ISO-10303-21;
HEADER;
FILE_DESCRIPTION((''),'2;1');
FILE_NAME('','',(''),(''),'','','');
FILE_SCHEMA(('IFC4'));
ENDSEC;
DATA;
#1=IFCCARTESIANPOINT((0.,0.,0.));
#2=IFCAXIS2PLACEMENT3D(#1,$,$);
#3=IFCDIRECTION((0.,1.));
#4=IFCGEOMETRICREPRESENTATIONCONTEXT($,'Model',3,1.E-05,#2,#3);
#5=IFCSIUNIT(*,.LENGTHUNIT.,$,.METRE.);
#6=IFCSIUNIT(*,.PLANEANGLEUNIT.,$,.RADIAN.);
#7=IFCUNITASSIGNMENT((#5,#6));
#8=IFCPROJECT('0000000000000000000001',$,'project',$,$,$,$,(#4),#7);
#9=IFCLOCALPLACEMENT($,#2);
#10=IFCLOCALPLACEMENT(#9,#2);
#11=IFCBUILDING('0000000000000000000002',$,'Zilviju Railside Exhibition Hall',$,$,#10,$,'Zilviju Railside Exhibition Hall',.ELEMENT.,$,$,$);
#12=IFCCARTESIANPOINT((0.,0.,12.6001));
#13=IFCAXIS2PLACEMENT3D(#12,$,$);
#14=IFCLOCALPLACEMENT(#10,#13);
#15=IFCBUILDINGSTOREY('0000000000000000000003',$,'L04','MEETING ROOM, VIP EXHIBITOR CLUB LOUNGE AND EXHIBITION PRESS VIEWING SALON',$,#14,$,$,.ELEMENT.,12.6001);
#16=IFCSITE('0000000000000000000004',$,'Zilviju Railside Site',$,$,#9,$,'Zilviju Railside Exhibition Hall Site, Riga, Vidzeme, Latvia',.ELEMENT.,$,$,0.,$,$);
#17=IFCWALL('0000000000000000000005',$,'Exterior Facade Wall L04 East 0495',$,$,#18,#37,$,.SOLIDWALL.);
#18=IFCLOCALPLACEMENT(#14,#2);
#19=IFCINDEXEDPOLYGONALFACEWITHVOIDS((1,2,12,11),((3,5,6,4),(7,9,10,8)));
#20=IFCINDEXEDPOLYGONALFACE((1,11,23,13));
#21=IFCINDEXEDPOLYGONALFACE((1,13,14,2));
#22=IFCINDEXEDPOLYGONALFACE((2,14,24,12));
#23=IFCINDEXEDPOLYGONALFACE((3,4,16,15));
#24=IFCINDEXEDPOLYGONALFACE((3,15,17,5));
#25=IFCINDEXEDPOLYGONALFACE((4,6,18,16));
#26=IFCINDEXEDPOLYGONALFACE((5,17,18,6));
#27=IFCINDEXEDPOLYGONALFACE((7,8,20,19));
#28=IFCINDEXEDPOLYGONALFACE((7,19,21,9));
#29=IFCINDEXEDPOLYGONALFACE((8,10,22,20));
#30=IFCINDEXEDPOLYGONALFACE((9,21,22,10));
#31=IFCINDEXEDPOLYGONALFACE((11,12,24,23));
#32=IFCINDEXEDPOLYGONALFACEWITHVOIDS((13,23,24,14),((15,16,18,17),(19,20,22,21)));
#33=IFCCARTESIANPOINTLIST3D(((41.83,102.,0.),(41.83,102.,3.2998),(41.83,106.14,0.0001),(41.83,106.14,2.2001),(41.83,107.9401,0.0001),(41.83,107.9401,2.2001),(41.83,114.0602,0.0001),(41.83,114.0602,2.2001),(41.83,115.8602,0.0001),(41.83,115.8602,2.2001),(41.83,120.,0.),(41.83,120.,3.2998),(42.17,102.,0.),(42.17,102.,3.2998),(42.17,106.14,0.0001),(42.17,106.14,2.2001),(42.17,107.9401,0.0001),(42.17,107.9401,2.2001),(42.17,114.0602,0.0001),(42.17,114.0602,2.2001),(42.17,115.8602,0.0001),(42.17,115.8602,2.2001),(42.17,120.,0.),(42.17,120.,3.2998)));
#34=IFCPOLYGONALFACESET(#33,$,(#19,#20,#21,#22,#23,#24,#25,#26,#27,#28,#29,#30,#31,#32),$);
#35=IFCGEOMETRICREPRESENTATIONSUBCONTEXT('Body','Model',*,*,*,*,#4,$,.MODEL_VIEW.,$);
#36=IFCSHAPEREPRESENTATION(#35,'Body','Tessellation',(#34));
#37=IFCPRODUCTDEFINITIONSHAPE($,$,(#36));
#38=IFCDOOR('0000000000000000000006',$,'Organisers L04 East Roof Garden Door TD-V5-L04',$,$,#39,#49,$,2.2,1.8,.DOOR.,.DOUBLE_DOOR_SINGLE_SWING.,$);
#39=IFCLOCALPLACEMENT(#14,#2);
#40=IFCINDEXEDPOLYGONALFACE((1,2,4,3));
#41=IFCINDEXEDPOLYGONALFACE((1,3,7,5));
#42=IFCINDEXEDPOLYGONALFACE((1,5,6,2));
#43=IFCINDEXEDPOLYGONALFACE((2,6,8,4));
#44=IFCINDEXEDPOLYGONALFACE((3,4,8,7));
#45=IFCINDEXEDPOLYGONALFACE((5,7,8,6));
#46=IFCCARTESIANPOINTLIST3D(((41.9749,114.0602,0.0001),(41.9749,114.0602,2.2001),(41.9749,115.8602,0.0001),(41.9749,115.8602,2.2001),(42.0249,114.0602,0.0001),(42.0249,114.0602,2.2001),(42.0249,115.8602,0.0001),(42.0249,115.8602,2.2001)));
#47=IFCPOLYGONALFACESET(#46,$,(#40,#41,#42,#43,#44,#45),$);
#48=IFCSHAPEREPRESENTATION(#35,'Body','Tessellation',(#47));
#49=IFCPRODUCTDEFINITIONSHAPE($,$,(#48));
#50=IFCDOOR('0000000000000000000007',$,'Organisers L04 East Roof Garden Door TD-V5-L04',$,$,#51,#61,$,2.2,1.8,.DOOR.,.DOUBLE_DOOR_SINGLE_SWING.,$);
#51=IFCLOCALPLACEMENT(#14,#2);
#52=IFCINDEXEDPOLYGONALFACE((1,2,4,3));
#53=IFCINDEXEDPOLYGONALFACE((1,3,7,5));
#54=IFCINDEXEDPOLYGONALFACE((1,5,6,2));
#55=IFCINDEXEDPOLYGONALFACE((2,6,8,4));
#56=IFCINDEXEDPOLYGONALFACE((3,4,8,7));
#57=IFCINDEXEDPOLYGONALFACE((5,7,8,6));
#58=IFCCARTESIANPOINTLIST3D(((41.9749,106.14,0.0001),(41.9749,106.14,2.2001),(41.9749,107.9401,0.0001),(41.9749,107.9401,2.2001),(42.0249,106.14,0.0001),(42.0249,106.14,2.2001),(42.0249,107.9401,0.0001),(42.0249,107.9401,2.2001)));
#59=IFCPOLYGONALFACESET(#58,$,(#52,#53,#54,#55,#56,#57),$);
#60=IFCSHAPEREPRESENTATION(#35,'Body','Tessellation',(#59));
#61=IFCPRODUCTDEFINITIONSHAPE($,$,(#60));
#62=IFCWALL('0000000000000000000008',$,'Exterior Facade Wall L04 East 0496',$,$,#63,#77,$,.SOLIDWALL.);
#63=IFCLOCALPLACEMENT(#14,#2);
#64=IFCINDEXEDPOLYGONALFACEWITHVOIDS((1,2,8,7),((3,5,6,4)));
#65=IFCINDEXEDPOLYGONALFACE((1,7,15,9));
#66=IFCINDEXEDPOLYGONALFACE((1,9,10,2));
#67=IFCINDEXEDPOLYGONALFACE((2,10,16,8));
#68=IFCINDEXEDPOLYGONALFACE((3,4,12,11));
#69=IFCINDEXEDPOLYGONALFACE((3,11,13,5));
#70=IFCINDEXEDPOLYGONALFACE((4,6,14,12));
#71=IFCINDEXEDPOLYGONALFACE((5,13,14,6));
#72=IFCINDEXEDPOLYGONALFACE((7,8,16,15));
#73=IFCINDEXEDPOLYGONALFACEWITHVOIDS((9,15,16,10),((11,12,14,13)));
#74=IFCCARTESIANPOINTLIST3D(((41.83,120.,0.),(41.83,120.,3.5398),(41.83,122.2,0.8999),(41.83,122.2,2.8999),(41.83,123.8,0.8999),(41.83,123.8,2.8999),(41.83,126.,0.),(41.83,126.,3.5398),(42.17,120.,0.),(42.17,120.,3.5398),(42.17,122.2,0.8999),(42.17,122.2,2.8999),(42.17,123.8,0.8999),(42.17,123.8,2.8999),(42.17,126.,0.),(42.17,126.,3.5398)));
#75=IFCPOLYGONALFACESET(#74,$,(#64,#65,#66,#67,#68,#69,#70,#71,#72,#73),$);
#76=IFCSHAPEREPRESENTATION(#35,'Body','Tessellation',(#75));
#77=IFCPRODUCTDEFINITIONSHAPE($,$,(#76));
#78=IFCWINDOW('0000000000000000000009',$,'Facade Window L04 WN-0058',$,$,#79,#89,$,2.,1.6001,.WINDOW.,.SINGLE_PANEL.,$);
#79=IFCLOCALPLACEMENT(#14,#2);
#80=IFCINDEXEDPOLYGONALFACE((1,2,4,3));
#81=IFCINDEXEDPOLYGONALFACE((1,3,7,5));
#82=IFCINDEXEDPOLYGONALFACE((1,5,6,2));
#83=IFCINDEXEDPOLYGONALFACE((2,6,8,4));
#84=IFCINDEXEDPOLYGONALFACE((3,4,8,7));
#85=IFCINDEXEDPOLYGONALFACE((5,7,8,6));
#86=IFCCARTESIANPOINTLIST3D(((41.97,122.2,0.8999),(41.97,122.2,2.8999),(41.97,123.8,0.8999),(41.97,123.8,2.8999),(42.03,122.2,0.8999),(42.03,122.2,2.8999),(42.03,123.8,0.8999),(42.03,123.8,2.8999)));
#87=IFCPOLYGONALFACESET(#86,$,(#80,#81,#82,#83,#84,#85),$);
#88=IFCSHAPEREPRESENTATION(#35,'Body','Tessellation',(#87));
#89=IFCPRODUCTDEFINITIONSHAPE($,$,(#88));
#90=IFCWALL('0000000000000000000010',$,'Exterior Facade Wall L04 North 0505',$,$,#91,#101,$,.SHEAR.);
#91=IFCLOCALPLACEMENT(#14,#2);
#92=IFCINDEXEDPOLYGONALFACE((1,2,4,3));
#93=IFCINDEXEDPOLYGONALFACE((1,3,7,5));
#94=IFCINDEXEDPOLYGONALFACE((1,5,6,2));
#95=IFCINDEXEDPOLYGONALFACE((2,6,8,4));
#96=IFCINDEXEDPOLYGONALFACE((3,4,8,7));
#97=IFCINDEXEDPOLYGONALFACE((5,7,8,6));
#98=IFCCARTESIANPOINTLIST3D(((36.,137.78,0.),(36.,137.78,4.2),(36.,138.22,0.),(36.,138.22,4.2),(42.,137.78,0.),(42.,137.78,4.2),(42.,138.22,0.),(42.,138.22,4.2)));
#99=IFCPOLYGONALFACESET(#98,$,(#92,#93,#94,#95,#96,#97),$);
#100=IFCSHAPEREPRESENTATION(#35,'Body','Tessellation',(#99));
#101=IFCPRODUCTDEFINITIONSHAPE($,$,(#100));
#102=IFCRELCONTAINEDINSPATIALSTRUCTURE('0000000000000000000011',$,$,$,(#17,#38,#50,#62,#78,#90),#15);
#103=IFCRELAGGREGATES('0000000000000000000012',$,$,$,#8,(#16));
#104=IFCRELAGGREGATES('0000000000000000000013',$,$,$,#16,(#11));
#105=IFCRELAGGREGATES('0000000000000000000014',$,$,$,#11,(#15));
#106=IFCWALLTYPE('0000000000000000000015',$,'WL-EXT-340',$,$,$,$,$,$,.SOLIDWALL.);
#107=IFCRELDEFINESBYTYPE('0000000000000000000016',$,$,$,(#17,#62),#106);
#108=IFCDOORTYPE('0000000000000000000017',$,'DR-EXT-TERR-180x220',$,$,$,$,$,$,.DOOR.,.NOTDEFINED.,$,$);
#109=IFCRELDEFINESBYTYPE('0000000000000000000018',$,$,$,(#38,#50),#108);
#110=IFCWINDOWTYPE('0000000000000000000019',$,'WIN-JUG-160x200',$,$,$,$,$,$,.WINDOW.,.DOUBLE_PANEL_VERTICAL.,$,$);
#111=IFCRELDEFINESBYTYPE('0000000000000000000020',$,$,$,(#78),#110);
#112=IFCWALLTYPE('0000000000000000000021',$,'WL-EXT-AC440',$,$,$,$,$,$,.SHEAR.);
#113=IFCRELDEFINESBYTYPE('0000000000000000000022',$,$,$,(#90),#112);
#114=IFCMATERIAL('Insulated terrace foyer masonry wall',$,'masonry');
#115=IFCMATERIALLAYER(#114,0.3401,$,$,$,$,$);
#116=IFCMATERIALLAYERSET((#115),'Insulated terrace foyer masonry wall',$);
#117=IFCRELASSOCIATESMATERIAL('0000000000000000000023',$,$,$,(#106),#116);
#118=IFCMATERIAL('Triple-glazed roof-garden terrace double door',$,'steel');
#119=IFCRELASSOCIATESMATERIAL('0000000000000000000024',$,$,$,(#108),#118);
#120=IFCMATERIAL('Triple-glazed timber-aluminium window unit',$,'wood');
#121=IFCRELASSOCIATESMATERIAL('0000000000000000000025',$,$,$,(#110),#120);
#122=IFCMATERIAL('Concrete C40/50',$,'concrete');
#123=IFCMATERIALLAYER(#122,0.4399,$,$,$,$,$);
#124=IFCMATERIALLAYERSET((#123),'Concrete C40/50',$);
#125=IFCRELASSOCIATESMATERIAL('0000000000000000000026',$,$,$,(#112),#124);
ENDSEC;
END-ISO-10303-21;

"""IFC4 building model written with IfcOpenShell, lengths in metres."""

from ifc_helpers import new_model, si_unit, direction, frame, frame_2d, origin, place, context, subcontext, project, spatial, rectangle, extrude, material, layer, layer_set, type_object, element, fill, save


model = new_model("IFC4")

# Units and contexts
model_context = context("Model", 3, precision=1e-05, world=origin(), true_north=direction((0.0, 1.0)))
body_context = subcontext(model_context, "Body", "Model", "MODEL_VIEW")
ifc_project = project(units=[si_unit("LENGTHUNIT", "METRE"), si_unit("PLANEANGLEUNIT", "RADIAN")], contexts=[model_context])

# Site, building, storey
site_placement = place(None, origin())
site = spatial("IfcSite", under=ifc_project, at=site_placement, Name="Zilviju Railside Site", LongName="Zilviju Railside Exhibition Hall Site, Riga, Vidzeme, Latvia", CompositionType="ELEMENT", RefElevation=0.0)
building_placement = place(site_placement, origin())
building = spatial("IfcBuilding", under=site, at=building_placement, Name="Zilviju Railside Exhibition Hall", LongName="Zilviju Railside Exhibition Hall", CompositionType="ELEMENT")
storey_placement = place(building_placement, frame((0.0, 0.0, 12.6001)))
storey = spatial("IfcBuildingStorey", under=building, at=storey_placement, Name="L04", Description="MEETING ROOM, VIP EXHIBITOR CLUB LOUNGE AND EXHIBITION PRESS VIEWING SALON", CompositionType="ELEMENT", Elevation=12.6001)

# Wall, openings, doors
ifc_material_1 = material(Name="Insulated terrace foyer masonry wall", Category="masonry")
ifc_layer_1 = layer(ifc_material_1, 0.3401)
ifc_layer_set_1 = layer_set([ifc_layer_1], Name="Insulated terrace foyer masonry wall")
wall_type_1 = type_object("IfcWallType", Name="WL-EXT-340", PredefinedType="SOLIDWALL", material=ifc_layer_set_1)
wall_1_placement = place(storey_placement, frame((42.0, 120.0, 0.0), z_axis=(0.0, 0.0, 1.0), x_axis=(0.0, -1.0, 0.0)))
wall_1 = element("IfcWall", 1, at=wall_1_placement, inside=storey, type_object=wall_type_1, Name="Exterior Facade Wall L04 East 0495", PredefinedType="SOLIDWALL", context=body_context, shape_type="SweptSolid", body=[
    extrude(rectangle(XDim=18.0, YDim=0.3401, at=frame_2d((9.0, 0.0))), origin(), (0.0, 0.0, 1.0), 3.2998),
])
opening_1_placement = place(wall_1_placement, frame((4.1399, 0.0, 0.0)))
opening_1 = element("IfcOpeningElement", 2, at=opening_1_placement, cuts=wall_1, PredefinedType="OPENING", context=body_context, shape_type="SweptSolid", body=[
    extrude(rectangle(XDim=1.8, YDim=2.2, at=frame_2d((0.8999, 1.1001))), frame((0.0, 0.1799, 0.0), z_axis=(0.0, -1.0, 0.0), x_axis=(1.0, 0.0, 0.0)), (0.0, 0.0, 1.0), 0.3601),
])
opening_2_placement = place(wall_1_placement, frame((12.0601, 0.0, 0.0)))
opening_2 = element("IfcOpeningElement", 3, at=opening_2_placement, cuts=wall_1, PredefinedType="OPENING", context=body_context, shape_type="SweptSolid", body=[
    extrude(rectangle(XDim=1.8, YDim=2.2, at=frame_2d((0.8999, 1.1001))), frame((0.0, 0.1799, 0.0), z_axis=(0.0, -1.0, 0.0), x_axis=(1.0, 0.0, 0.0)), (0.0, 0.0, 1.0), 0.3601),
])
ifc_material_2 = material(Name="Triple-glazed roof-garden terrace double door", Category="steel")
door_type = type_object("IfcDoorType", Name="DR-EXT-TERR-180x220", OperationType="NOTDEFINED", PredefinedType="DOOR", material=ifc_material_2)
door_1_placement = place(opening_1_placement, origin())
door_1 = element("IfcDoor", 4, at=door_1_placement, inside=storey, type_object=door_type, Name="Organisers L04 East Roof Garden Door TD-V5-L04", OperationType="DOUBLE_DOOR_SINGLE_SWING", OverallHeight=2.2, OverallWidth=1.8, PredefinedType="DOOR", context=body_context, shape_type="SweptSolid", body=[
    extrude(rectangle(XDim=1.8, YDim=2.2, at=frame_2d((0.8999, 1.1001))), frame((0.0, 0.0249, 0.0), z_axis=(0.0, -1.0, 0.0), x_axis=(1.0, 0.0, 0.0)), (0.0, 0.0, 1.0), 0.05),
])
fill(opening_1, door_1)
door_2_placement = place(opening_2_placement, origin())
door_2 = element("IfcDoor", 5, at=door_2_placement, inside=storey, type_object=door_type, Name="Organisers L04 East Roof Garden Door TD-V5-L04", OperationType="DOUBLE_DOOR_SINGLE_SWING", OverallHeight=2.2, OverallWidth=1.8, PredefinedType="DOOR", context=body_context, shape_type="SweptSolid", body=[
    extrude(rectangle(XDim=1.8, YDim=2.2, at=frame_2d((0.8999, 1.1001))), frame((0.0, 0.0249, 0.0), z_axis=(0.0, -1.0, 0.0), x_axis=(1.0, 0.0, 0.0)), (0.0, 0.0, 1.0), 0.05),
])
fill(opening_2, door_2)

# Wall, opening, window
wall_2_placement = place(storey_placement, frame((42.0, 126.0, 0.0), z_axis=(0.0, 0.0, 1.0), x_axis=(0.0, -1.0, 0.0)))
wall_2 = element("IfcWall", 6, at=wall_2_placement, inside=storey, type_object=wall_type_1, Name="Exterior Facade Wall L04 East 0496", PredefinedType="SOLIDWALL", context=body_context, shape_type="SweptSolid", body=[
    extrude(rectangle(XDim=6.0, YDim=0.3401, at=frame_2d((3.0, 0.0))), origin(), (0.0, 0.0, 1.0), 3.5398),
])
opening_3_placement = place(wall_2_placement, frame((2.2, 0.0, 0.8999)))
opening_3 = element("IfcOpeningElement", 7, at=opening_3_placement, cuts=wall_2, PredefinedType="OPENING", context=body_context, shape_type="SweptSolid", body=[
    extrude(rectangle(XDim=1.6001, YDim=2.0, at=frame_2d((0.8, 1.0))), frame((0.0, 0.1799, 0.0), z_axis=(0.0, -1.0, 0.0), x_axis=(1.0, 0.0, 0.0)), (0.0, 0.0, 1.0), 0.3601),
])
ifc_material_3 = material(Name="Triple-glazed timber-aluminium window unit", Category="wood")
window_type = type_object("IfcWindowType", Name="WIN-JUG-160x200", PartitioningType="DOUBLE_PANEL_VERTICAL", PredefinedType="WINDOW", material=ifc_material_3)
window_placement = place(opening_3_placement, origin())
window = element("IfcWindow", 8, at=window_placement, inside=storey, type_object=window_type, Name="Facade Window L04 WN-0058", OverallHeight=2.0, OverallWidth=1.6001, PartitioningType="SINGLE_PANEL", PredefinedType="WINDOW", context=body_context, shape_type="SweptSolid", body=[
    extrude(rectangle(XDim=1.6001, YDim=2.0, at=frame_2d((0.8, 1.0))), frame((0.0, 0.03, 0.0), z_axis=(0.0, -1.0, 0.0), x_axis=(1.0, 0.0, 0.0)), (0.0, 0.0, 1.0), 0.0601),
])
fill(opening_3, window)

# Wall
ifc_material_4 = material(Name="Concrete C40/50", Category="concrete")
ifc_layer_2 = layer(ifc_material_4, 0.4399)
ifc_layer_set_2 = layer_set([ifc_layer_2], Name="Concrete C40/50")
wall_type_2 = type_object("IfcWallType", Name="WL-EXT-AC440", PredefinedType="SHEAR", material=ifc_layer_set_2)
wall_3_placement = place(storey_placement, frame((36.0, 138.0, 0.0), z_axis=(0.0, 0.0, 1.0), x_axis=(1.0, 0.0, 0.0)))
element("IfcWall", 9, at=wall_3_placement, inside=storey, type_object=wall_type_2, Name="Exterior Facade Wall L04 North 0505", PredefinedType="SHEAR", context=body_context, shape_type="SweptSolid", body=[
    extrude(rectangle(XDim=6.0, YDim=0.4399, at=frame_2d((3.0, 0.0))), origin(), (0.0, 0.0, 1.0), 4.2),
])

save(model, "model.ifc")
